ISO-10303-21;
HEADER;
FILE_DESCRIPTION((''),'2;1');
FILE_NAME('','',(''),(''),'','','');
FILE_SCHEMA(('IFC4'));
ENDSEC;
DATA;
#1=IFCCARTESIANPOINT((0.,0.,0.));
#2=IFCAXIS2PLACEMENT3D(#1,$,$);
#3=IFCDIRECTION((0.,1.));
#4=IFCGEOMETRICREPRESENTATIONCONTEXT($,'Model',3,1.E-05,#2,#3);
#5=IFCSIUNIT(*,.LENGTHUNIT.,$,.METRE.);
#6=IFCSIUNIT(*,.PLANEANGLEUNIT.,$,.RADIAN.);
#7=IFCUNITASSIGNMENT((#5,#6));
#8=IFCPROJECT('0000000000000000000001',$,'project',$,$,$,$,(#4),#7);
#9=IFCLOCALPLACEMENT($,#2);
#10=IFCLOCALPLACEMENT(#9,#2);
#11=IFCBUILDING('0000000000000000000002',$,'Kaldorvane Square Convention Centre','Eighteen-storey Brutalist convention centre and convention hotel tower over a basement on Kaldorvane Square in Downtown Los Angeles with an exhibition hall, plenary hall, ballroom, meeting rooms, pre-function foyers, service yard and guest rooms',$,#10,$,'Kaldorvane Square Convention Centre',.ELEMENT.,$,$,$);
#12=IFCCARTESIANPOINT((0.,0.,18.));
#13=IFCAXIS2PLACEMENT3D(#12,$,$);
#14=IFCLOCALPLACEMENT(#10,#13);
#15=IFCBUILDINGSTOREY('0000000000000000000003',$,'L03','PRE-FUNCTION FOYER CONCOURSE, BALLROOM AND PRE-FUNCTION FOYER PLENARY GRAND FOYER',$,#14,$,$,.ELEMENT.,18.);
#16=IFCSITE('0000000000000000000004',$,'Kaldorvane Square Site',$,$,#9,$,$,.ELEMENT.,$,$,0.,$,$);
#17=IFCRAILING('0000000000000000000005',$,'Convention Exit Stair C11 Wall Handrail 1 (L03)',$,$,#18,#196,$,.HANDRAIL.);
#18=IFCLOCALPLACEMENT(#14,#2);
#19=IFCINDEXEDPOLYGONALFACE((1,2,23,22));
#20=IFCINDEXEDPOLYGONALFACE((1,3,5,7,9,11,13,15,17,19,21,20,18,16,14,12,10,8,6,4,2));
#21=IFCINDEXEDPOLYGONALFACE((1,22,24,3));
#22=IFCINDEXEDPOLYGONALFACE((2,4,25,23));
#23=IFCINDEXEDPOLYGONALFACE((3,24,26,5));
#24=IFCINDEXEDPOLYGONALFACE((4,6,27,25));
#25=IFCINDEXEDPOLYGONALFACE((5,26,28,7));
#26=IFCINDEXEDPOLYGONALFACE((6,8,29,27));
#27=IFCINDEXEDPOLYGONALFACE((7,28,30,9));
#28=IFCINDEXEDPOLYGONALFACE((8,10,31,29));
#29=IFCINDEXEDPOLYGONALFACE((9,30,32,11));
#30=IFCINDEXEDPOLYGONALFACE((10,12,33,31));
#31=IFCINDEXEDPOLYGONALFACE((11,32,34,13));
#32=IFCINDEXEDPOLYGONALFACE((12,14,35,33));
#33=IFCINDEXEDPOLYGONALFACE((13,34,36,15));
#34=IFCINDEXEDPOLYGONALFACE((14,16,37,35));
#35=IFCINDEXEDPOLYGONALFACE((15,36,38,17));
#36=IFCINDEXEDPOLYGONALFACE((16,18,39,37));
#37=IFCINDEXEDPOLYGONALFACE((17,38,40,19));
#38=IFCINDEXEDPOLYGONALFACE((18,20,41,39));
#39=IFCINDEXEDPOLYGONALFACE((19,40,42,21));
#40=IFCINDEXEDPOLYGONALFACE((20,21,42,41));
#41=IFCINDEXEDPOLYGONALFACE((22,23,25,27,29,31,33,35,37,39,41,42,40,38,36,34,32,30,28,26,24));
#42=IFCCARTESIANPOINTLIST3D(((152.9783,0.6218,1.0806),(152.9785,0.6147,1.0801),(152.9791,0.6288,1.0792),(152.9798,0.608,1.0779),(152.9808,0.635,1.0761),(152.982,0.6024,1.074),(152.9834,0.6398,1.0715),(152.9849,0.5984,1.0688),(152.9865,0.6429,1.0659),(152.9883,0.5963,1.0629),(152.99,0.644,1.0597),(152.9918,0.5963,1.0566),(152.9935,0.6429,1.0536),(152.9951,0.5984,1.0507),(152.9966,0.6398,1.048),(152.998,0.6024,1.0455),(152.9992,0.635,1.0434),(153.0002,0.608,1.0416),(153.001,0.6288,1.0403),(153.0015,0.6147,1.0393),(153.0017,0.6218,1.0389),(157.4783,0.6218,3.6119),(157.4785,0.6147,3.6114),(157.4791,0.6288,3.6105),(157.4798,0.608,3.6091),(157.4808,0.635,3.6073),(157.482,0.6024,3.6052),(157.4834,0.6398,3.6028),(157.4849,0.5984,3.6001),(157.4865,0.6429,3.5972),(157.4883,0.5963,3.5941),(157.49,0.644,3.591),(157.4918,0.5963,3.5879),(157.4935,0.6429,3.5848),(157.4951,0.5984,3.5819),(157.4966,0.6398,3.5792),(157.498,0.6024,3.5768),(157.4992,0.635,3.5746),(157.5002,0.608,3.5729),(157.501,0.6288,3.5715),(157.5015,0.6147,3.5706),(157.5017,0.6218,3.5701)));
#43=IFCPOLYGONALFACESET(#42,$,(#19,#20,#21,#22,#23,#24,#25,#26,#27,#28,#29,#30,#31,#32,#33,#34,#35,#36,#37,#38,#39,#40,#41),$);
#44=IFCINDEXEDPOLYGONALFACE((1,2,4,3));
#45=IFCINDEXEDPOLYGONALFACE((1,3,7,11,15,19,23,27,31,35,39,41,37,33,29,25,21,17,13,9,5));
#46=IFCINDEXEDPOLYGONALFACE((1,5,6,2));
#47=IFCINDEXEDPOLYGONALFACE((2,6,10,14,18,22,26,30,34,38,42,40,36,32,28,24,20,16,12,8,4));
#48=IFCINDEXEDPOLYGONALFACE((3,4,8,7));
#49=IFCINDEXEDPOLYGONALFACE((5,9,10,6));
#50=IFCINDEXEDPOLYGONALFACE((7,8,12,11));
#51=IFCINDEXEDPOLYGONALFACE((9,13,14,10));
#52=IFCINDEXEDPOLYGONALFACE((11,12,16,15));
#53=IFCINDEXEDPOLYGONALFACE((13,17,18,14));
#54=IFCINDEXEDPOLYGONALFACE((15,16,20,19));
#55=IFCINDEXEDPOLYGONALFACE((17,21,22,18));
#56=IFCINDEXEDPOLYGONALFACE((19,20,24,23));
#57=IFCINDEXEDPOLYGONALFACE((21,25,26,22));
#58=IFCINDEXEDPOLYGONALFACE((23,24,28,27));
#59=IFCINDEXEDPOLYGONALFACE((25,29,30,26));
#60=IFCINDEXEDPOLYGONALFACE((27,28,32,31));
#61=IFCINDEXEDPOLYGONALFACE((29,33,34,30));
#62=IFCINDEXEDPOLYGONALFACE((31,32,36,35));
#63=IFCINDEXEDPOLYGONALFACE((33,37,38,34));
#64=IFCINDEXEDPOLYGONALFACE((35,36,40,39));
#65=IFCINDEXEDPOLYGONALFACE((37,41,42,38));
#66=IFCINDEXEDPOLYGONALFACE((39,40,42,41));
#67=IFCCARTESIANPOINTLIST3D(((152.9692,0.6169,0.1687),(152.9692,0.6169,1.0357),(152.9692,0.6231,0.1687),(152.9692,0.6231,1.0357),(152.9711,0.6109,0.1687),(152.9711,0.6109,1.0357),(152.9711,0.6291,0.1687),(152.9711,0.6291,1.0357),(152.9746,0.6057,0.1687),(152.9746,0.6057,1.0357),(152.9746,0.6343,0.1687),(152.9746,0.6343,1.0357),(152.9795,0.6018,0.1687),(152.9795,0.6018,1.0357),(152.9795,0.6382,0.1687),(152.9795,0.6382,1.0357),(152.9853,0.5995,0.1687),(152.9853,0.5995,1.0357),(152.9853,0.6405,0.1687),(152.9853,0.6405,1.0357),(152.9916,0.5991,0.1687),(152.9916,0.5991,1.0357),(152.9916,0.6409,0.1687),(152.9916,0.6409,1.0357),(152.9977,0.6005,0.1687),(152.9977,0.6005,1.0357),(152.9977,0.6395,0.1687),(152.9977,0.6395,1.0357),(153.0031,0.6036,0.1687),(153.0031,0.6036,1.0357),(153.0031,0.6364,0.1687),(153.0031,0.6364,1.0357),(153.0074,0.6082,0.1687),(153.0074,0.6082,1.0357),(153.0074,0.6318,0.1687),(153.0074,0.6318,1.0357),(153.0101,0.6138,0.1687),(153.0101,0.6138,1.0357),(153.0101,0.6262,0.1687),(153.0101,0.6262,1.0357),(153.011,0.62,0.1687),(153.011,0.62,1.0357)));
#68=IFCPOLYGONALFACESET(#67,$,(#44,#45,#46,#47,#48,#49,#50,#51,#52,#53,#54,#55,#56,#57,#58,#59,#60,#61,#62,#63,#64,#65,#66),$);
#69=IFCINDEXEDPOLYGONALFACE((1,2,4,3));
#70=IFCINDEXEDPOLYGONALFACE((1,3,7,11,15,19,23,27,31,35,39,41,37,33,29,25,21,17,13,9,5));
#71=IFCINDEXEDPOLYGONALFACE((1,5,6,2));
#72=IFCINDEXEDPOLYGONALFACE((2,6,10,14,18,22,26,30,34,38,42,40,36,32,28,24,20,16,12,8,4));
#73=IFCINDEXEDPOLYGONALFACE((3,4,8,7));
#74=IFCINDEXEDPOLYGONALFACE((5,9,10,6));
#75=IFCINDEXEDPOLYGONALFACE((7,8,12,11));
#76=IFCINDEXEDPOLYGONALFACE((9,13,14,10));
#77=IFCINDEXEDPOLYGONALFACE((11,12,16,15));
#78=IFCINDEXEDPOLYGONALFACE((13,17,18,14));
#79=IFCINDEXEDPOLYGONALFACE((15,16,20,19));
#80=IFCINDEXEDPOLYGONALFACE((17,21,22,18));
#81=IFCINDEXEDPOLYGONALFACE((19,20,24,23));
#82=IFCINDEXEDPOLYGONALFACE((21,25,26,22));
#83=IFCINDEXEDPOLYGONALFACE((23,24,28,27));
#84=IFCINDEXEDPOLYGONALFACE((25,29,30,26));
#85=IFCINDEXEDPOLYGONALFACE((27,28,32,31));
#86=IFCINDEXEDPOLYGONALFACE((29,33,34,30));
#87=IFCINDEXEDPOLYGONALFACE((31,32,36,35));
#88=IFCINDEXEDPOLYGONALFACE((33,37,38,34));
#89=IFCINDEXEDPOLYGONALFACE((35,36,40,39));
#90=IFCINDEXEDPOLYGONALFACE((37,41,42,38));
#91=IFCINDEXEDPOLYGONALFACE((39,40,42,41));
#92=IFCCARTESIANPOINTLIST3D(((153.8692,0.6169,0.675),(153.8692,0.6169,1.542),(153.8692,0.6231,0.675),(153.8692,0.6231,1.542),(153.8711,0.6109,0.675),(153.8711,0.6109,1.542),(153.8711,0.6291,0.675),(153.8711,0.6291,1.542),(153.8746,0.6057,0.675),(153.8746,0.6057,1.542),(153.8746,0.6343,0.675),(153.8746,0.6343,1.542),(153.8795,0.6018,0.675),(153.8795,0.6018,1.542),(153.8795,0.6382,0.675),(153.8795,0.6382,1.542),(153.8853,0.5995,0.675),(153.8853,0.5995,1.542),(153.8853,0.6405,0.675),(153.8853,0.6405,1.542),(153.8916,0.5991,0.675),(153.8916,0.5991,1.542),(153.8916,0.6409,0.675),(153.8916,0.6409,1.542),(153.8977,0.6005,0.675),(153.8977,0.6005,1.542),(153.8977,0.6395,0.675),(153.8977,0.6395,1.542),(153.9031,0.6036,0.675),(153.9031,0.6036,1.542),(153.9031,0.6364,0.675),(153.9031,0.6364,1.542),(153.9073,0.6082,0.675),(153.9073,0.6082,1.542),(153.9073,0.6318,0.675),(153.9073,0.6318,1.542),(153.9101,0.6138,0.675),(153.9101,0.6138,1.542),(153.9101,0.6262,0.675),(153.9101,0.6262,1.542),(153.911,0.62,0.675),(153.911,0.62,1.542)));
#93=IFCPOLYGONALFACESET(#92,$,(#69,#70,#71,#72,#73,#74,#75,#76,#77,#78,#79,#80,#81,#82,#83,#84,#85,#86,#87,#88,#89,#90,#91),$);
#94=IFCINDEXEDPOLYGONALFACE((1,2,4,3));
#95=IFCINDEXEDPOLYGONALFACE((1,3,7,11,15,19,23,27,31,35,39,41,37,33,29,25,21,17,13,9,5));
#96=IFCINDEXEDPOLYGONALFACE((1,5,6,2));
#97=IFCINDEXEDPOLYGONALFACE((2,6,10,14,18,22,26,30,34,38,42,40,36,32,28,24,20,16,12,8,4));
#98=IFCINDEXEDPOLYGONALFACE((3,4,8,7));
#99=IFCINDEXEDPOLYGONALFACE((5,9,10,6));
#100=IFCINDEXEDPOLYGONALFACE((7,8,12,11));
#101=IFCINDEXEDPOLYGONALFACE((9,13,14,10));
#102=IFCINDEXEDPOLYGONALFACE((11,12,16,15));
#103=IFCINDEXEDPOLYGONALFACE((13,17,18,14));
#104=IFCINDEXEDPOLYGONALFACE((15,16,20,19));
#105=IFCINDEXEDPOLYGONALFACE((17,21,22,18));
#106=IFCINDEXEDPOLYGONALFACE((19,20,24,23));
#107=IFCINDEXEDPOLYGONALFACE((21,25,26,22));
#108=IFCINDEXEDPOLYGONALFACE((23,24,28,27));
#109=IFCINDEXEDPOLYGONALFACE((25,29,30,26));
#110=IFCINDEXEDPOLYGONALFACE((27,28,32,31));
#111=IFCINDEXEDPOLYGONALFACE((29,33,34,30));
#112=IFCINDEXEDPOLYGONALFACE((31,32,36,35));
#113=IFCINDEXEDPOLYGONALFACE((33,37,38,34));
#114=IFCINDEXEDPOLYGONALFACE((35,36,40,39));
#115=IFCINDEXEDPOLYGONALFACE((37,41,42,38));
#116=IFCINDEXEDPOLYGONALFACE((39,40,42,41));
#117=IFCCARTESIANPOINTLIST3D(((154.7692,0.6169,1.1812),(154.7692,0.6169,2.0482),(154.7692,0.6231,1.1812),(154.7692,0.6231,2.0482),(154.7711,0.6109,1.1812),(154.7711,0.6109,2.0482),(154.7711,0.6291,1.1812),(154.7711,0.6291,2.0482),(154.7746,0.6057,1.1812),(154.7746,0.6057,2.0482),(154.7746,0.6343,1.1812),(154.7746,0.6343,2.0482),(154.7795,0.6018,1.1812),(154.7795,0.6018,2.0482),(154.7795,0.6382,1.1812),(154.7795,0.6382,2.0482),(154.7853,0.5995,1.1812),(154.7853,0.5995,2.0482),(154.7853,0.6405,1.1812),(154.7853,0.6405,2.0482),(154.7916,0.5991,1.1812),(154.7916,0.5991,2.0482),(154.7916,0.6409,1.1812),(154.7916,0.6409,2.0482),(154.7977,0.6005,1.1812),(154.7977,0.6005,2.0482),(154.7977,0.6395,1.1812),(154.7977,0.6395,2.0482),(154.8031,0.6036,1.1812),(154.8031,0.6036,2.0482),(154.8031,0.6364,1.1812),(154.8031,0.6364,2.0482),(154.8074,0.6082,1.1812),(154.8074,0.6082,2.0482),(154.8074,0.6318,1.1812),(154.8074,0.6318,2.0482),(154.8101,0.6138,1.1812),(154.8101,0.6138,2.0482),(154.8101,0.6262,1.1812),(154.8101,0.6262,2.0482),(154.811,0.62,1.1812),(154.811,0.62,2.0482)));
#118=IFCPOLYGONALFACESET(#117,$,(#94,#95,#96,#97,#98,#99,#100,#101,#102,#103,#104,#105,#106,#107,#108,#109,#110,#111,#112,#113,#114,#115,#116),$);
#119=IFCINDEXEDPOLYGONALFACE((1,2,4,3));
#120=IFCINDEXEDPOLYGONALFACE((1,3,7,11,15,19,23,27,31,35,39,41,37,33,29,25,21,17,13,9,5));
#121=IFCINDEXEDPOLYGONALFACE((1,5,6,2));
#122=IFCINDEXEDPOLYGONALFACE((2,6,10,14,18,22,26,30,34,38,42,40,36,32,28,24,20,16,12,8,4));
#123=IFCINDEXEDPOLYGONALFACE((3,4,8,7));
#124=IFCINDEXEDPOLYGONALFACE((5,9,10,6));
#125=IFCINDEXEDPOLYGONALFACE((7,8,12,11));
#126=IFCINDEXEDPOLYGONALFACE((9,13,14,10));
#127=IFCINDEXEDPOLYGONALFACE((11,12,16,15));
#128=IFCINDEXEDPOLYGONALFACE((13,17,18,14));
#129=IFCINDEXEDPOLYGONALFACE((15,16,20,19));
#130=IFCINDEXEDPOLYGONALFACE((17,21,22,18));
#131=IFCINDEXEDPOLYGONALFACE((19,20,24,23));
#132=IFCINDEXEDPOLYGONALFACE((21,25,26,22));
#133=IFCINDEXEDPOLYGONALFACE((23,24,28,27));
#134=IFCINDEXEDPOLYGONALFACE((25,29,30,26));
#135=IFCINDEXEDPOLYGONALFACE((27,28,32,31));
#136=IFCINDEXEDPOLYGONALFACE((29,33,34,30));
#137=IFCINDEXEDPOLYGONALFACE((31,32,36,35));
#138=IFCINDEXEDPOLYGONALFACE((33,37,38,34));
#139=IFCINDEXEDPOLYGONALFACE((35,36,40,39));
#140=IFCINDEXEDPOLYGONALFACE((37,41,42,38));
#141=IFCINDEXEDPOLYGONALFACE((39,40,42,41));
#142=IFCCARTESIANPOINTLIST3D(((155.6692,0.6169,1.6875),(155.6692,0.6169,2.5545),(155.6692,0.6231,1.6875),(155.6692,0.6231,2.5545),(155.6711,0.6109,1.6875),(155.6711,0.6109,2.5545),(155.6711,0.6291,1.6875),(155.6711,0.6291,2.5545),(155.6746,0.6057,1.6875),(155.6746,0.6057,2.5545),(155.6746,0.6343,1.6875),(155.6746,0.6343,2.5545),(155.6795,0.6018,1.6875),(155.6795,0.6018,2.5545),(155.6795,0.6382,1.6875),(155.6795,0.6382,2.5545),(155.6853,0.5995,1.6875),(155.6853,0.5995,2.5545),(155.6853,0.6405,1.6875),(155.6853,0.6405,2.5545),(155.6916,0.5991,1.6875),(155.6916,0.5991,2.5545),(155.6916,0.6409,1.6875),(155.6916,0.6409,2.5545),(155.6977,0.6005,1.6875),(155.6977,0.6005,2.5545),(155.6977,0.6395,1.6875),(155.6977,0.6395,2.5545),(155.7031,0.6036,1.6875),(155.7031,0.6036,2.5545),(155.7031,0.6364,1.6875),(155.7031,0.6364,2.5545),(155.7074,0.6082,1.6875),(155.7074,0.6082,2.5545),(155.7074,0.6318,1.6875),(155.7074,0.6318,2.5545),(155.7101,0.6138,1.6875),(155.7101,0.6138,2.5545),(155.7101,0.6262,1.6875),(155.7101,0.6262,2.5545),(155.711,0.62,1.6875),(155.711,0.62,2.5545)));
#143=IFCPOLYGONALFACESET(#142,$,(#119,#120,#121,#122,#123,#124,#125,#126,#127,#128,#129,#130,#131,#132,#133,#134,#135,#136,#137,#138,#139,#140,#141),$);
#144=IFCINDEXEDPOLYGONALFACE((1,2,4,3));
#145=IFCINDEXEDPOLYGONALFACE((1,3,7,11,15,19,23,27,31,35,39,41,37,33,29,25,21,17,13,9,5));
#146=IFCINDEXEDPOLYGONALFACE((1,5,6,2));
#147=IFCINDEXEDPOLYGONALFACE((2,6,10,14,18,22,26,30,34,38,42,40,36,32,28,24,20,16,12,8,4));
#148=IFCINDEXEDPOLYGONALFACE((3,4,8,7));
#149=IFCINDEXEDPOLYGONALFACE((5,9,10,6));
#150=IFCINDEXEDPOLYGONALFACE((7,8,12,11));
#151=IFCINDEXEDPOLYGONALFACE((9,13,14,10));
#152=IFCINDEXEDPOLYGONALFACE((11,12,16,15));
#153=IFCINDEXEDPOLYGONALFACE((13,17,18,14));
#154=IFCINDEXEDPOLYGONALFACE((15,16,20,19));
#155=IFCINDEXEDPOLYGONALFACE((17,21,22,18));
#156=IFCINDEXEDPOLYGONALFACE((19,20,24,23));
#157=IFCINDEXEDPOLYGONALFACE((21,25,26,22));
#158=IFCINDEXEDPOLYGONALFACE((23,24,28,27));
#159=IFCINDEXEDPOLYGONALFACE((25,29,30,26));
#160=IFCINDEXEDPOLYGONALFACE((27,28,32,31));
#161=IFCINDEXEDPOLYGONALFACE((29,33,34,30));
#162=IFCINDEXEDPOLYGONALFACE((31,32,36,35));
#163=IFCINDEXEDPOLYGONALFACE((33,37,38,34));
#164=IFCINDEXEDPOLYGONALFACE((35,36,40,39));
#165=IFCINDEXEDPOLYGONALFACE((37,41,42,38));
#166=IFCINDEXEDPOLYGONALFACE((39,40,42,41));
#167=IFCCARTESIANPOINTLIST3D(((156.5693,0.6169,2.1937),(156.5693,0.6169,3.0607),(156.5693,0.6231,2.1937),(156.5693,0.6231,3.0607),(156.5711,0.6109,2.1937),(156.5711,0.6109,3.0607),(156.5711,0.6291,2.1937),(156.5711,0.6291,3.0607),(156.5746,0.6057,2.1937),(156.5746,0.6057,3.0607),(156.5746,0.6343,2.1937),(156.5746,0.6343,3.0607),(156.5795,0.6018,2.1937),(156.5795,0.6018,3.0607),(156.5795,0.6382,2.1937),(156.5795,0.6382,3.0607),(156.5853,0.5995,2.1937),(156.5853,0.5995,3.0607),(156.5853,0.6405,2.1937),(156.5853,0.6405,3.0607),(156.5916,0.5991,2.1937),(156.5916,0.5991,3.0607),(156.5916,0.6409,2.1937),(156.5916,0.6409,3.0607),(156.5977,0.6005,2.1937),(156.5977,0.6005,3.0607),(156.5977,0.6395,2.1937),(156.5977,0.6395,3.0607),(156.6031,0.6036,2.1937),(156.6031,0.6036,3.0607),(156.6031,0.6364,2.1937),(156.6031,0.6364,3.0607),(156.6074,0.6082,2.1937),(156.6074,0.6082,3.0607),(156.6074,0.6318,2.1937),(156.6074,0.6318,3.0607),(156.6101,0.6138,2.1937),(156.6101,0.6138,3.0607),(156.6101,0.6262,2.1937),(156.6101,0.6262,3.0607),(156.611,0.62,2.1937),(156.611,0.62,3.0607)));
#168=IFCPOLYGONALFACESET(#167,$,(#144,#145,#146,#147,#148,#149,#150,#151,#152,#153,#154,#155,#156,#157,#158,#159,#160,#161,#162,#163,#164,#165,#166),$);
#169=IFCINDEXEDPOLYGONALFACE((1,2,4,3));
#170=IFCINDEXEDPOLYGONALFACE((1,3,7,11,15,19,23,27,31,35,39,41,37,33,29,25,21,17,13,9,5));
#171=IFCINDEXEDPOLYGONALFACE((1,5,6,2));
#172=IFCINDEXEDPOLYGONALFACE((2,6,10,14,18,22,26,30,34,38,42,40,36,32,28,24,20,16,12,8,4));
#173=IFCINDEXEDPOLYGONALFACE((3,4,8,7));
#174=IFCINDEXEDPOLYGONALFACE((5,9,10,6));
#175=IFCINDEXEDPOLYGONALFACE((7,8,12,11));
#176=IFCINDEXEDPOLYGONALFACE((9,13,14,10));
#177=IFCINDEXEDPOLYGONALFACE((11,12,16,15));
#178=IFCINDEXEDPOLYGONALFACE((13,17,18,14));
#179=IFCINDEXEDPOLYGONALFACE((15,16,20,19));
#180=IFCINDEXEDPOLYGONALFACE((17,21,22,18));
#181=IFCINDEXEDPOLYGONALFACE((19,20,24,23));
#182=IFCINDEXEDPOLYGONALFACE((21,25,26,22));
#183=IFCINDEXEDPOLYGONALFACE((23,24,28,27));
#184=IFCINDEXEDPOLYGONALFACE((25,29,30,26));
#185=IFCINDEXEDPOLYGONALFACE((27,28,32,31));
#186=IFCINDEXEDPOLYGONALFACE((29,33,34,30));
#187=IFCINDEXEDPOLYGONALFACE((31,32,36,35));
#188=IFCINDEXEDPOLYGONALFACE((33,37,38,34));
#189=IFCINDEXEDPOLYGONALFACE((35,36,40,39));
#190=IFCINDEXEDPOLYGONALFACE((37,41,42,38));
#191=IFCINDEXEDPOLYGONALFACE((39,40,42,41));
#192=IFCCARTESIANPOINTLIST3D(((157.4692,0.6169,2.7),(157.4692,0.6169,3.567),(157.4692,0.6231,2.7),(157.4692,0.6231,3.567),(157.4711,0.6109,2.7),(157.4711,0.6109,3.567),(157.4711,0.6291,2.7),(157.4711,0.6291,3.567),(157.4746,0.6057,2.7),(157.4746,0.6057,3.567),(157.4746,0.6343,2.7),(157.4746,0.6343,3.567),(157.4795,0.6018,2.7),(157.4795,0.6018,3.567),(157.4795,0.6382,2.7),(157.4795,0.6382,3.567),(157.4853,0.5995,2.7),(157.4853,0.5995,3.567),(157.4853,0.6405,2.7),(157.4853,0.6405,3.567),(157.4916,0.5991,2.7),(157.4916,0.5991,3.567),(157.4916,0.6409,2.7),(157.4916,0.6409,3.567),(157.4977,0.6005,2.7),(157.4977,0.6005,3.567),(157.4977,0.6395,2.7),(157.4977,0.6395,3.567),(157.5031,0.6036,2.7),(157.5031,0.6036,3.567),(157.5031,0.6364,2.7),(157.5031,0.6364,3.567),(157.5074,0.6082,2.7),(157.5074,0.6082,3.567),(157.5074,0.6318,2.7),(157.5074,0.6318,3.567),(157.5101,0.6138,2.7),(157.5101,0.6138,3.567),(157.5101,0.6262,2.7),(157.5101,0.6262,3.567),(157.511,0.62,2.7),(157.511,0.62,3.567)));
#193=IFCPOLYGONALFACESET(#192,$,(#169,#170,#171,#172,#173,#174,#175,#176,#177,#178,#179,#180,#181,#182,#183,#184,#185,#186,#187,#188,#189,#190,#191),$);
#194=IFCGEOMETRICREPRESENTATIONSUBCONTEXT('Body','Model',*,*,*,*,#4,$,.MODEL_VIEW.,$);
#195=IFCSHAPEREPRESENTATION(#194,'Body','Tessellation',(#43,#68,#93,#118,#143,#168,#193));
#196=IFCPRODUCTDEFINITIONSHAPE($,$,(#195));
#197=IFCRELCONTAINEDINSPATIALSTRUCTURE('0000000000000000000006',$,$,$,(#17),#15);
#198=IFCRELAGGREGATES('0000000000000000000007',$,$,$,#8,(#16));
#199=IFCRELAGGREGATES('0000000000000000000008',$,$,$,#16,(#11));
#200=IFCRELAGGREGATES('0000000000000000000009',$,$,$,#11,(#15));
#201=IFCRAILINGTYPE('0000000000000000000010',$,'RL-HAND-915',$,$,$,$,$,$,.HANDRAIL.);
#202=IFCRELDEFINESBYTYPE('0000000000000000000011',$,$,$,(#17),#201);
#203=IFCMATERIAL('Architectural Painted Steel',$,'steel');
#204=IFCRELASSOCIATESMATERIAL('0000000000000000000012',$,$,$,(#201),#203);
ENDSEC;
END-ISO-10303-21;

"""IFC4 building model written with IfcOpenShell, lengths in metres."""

from ifc_helpers import new_model, si_unit, direction, frame, origin, origin_2d, place, context, subcontext, project, spatial, circle, extrude, material, type_object, element, save


model = new_model("IFC4")

# Units and contexts
model_context = context("Model", 3, precision=1e-05, world=origin(), true_north=direction((0.0, 1.0)))
body_context = subcontext(model_context, "Body", "Model", "MODEL_VIEW")
ifc_project = project(units=[si_unit("LENGTHUNIT", "METRE"), si_unit("PLANEANGLEUNIT", "RADIAN")], contexts=[model_context])

# Site, building, storey
site_placement = place(None, origin())
site = spatial("IfcSite", under=ifc_project, at=site_placement, Name="Kaldorvane Square Site", CompositionType="ELEMENT", RefElevation=0.0)
building_placement = place(site_placement, origin())
building = spatial("IfcBuilding", under=site, at=building_placement, Name="Kaldorvane Square Convention Centre", Description="Eighteen-storey Brutalist convention centre and convention hotel tower over a basement on Kaldorvane Square in Downtown Los Angeles with an exhibition hall, plenary hall, ballroom, meeting rooms, pre-function foyers, service yard and guest rooms", LongName="Kaldorvane Square Convention Centre", CompositionType="ELEMENT")
storey_placement = place(building_placement, frame((0.0, 0.0, 18.0)))
storey = spatial("IfcBuildingStorey", under=building, at=storey_placement, Name="L03", Description="PRE-FUNCTION FOYER CONCOURSE, BALLROOM AND PRE-FUNCTION FOYER PLENARY GRAND FOYER", CompositionType="ELEMENT", Elevation=18.0)

# Railing
ifc_material_1 = material(Name="Architectural Painted Steel", Category="steel")
railing_type_1 = type_object("IfcRailingType", Name="RL-HAND-915", PredefinedType="HANDRAIL", material=ifc_material_1)
railing_1_placement = place(storey_placement, frame((152.99, 0.62, 0.1687)))
element("IfcRailing", 1, at=railing_1_placement, inside=storey, type_object=railing_type_1, Name="Convention Exit Stair C11 Wall Handrail 1 (L03)", PredefinedType="HANDRAIL", context=body_context, shape_type="SweptSolid", body=[
    extrude(circle(Radius=0.024, at=origin_2d()), frame((0.0, 0.0, 0.891), z_axis=(0.871576, 0.0, 0.490261), x_axis=(0.0, 1.0, 0.0)), (0.0, 0.0, 1.0), 5.1631),
    extrude(circle(Radius=0.021, at=origin_2d()), origin(), (0.0, 0.0, 1.0), 0.867),
    extrude(circle(Radius=0.021, at=origin_2d()), frame((0.9, 0.0, 0.5063)), (0.0, 0.0, 1.0), 0.867),
    extrude(circle(Radius=0.021, at=origin_2d()), frame((1.8, 0.0, 1.0125)), (0.0, 0.0, 1.0), 0.867),
    extrude(circle(Radius=0.021, at=origin_2d()), frame((2.7, 0.0, 1.5188)), (0.0, 0.0, 1.0), 0.867),
    extrude(circle(Radius=0.021, at=origin_2d()), frame((3.6, 0.0, 2.025)), (0.0, 0.0, 1.0), 0.867),
    extrude(circle(Radius=0.021, at=origin_2d()), frame((4.5, 0.0, 2.5312)), (0.0, 0.0, 1.0), 0.867),
])

save(model, "model.ifc")
